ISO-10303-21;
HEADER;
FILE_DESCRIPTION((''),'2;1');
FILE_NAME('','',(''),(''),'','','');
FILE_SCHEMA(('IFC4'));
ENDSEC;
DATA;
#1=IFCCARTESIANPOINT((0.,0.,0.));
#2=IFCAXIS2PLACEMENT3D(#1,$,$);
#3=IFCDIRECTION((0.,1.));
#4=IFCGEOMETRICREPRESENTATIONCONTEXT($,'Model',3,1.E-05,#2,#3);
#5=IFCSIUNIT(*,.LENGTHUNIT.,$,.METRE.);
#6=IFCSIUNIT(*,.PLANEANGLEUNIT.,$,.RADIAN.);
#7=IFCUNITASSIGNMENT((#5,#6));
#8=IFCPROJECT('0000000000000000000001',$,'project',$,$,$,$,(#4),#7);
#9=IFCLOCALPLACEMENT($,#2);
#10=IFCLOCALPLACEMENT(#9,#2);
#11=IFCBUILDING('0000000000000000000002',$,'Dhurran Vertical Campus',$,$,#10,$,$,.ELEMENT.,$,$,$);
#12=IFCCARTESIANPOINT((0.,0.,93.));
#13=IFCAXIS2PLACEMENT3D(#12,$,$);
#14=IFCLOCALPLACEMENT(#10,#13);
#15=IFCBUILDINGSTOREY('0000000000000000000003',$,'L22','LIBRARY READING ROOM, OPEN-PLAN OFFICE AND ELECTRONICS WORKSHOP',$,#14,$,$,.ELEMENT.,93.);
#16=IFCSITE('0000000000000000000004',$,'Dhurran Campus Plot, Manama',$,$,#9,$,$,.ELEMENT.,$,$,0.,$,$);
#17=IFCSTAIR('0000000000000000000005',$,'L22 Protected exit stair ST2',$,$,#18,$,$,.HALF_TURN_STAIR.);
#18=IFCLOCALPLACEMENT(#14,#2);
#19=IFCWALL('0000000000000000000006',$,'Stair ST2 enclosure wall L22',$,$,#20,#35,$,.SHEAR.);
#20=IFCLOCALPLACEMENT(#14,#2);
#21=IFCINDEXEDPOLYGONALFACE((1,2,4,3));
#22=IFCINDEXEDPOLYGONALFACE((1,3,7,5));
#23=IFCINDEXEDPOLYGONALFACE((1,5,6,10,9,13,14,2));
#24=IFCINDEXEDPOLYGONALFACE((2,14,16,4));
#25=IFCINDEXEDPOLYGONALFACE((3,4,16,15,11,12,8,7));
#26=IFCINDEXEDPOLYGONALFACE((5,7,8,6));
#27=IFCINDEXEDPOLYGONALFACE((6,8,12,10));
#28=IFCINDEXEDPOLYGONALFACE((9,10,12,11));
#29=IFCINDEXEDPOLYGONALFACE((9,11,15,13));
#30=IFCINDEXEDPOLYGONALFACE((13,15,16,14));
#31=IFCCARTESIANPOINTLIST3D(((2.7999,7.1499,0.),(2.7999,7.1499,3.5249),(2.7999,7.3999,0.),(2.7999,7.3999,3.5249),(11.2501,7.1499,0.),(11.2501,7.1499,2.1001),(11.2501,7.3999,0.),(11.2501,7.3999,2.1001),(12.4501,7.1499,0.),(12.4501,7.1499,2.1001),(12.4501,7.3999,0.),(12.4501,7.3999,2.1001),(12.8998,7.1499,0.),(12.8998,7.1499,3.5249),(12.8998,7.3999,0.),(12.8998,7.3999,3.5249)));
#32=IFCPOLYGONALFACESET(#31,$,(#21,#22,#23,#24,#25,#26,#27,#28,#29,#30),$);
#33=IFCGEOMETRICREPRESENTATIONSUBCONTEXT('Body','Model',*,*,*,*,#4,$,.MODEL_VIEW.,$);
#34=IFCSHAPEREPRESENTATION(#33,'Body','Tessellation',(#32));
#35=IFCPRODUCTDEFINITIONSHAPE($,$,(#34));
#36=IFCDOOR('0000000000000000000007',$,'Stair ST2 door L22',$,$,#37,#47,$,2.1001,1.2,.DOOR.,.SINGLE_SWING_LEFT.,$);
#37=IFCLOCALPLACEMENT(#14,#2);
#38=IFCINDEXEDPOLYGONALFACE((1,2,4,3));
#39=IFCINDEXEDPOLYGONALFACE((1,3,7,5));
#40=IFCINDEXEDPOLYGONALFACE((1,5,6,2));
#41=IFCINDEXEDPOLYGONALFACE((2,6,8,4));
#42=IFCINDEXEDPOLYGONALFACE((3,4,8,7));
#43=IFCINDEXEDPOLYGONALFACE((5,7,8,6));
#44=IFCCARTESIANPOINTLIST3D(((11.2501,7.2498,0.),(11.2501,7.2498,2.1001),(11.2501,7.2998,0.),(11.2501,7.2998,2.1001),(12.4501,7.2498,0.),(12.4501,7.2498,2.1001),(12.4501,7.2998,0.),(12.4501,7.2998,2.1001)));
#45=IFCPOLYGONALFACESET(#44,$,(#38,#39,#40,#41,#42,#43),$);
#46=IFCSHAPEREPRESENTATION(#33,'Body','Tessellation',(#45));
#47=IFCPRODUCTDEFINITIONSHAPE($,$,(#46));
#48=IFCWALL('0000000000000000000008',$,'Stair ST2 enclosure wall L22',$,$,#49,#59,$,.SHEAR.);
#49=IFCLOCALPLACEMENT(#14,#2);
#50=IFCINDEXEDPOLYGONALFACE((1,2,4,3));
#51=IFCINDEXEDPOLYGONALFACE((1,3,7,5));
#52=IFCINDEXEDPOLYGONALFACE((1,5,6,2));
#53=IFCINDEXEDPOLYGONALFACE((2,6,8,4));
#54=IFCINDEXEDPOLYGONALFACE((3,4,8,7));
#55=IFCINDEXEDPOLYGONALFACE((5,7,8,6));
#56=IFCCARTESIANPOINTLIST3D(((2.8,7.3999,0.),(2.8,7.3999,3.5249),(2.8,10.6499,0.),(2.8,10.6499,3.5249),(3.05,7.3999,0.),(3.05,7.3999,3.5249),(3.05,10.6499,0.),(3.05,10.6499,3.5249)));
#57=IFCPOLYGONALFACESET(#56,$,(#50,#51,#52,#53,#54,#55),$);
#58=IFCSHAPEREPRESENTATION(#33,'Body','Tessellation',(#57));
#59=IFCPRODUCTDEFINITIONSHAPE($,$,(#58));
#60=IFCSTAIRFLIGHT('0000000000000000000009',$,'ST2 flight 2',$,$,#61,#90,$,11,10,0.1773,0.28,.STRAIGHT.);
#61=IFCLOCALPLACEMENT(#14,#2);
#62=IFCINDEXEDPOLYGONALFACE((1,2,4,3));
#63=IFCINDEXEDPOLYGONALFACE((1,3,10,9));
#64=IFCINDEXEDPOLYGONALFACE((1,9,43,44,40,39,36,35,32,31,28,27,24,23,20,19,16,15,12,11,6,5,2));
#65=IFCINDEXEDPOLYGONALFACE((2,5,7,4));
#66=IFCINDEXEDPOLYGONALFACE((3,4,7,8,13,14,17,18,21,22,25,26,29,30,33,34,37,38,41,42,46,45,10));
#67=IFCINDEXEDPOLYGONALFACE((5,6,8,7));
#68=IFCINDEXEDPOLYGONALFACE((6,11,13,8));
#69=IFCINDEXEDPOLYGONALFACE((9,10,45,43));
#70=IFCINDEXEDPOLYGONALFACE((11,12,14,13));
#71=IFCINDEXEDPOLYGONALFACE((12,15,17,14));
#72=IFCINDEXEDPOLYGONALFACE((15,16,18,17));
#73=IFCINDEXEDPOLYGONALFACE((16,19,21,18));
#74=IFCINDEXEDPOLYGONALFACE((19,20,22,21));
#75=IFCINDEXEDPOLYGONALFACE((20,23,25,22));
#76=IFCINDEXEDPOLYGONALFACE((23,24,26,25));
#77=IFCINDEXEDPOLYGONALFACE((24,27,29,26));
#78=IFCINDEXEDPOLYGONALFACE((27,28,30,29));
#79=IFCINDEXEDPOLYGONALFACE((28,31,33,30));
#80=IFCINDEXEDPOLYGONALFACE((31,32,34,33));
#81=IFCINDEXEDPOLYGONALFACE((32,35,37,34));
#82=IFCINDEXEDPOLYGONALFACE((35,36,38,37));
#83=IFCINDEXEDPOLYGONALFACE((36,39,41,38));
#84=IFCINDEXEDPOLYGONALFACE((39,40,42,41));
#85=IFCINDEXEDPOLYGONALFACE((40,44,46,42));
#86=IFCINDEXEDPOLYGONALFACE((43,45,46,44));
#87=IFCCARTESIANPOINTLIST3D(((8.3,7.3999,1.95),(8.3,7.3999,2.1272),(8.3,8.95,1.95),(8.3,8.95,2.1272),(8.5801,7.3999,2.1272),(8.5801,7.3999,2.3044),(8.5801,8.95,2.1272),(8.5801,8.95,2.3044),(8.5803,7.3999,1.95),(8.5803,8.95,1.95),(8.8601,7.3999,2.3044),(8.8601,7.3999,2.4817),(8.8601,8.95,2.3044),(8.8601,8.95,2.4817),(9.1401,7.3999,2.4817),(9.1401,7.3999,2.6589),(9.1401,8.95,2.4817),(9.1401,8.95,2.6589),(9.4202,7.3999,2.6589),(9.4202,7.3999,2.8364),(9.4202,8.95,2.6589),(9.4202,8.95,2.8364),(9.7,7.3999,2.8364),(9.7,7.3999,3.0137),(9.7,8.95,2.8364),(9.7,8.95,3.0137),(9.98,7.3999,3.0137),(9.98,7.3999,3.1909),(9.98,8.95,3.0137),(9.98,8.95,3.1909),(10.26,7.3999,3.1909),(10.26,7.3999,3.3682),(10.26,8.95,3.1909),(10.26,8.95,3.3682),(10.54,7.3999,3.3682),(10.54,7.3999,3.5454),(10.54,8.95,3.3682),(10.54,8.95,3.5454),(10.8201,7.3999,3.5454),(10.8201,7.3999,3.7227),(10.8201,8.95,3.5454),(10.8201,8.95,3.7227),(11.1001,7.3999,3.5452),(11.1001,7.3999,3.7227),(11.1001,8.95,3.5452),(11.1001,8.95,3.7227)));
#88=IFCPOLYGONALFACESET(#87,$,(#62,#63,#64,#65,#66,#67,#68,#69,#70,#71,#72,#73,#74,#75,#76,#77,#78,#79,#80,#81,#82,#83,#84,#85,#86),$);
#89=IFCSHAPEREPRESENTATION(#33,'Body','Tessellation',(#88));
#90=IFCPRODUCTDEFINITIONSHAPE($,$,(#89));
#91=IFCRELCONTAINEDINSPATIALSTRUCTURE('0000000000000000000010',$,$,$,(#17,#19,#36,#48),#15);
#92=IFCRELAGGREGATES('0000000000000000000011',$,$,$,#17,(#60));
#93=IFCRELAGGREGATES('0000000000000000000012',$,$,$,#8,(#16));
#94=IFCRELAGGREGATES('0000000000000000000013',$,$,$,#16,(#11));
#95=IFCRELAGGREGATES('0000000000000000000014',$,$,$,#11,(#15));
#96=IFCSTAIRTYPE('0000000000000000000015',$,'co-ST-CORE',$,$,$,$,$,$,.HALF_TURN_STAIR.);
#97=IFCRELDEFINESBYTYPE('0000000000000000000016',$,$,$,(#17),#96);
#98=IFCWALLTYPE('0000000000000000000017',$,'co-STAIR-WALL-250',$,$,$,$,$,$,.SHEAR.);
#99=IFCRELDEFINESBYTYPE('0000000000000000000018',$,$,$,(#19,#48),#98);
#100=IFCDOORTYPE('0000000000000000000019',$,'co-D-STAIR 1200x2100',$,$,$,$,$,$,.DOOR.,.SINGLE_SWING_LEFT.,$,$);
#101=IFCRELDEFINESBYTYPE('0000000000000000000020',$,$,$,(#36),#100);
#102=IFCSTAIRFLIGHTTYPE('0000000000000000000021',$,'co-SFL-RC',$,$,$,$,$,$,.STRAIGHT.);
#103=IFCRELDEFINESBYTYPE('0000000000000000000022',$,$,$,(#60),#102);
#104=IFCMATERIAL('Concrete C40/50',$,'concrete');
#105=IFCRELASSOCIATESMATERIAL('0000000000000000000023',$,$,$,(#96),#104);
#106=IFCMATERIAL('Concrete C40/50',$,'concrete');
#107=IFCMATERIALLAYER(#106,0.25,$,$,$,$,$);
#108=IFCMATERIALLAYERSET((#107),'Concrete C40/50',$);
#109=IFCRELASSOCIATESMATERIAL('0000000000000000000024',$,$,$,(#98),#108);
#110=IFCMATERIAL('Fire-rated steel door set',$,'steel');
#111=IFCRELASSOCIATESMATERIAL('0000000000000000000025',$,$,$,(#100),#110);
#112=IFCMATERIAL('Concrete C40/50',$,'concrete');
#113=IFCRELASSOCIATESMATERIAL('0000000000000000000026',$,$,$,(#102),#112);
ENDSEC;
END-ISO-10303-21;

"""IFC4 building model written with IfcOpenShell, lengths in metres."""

from ifc_helpers import new_model, si_unit, direction, frame, frame_2d, origin, place, context, subcontext, project, spatial, polyline, rectangle, outline, extrude, material, layer, layer_set, type_object, element, fill, aggregate, save


model = new_model("IFC4")

# Units and contexts
model_context = context("Model", 3, precision=1e-05, world=origin(), true_north=direction((0.0, 1.0)))
body_context = subcontext(model_context, "Body", "Model", "MODEL_VIEW")
ifc_project = project(units=[si_unit("LENGTHUNIT", "METRE"), si_unit("PLANEANGLEUNIT", "RADIAN")], contexts=[model_context])

# Site, building, storey
site_placement = place(None, origin())
site = spatial("IfcSite", under=ifc_project, at=site_placement, Name="Dhurran Campus Plot, Manama", CompositionType="ELEMENT", RefElevation=0.0)
building_placement = place(site_placement, origin())
building = spatial("IfcBuilding", under=site, at=building_placement, Name="Dhurran Vertical Campus", CompositionType="ELEMENT")
storey_placement = place(building_placement, frame((0.0, 0.0, 93.0)))
storey = spatial("IfcBuildingStorey", under=building, at=storey_placement, Name="L22", Description="LIBRARY READING ROOM, OPEN-PLAN OFFICE AND ELECTRONICS WORKSHOP", CompositionType="ELEMENT", Elevation=93.0)

# Stair
ifc_material_1 = material(Name="Concrete C40/50", Category="concrete")
stair_type = type_object("IfcStairType", Name="co-ST-CORE", PredefinedType="HALF_TURN_STAIR", material=ifc_material_1)
stair_1_placement = place(storey_placement, origin())
stair_1 = element("IfcStair", 1, at=stair_1_placement, inside=storey, type_object=stair_type, Name="L22 Protected exit stair ST2", PredefinedType="HALF_TURN_STAIR")

# Wall, opening, door
ifc_material_2 = material(Name="Concrete C40/50", Category="concrete")
ifc_layer_1 = layer(ifc_material_2, 0.25)
ifc_layer_set_1 = layer_set([ifc_layer_1], Name="Concrete C40/50")
wall_type_1 = type_object("IfcWallType", Name="co-STAIR-WALL-250", PredefinedType="SHEAR", material=ifc_layer_set_1)
wall_1_placement = place(storey_placement, frame((2.8, 7.2749, 0.0), z_axis=(0.0, 0.0, 1.0), x_axis=(1.0, 0.0, 0.0)))
wall_1 = element("IfcWall", 2, at=wall_1_placement, inside=storey, type_object=wall_type_1, Name="Stair ST2 enclosure wall L22", PredefinedType="SHEAR", context=body_context, shape_type="SweptSolid", body=[
    extrude(rectangle(XDim=10.0999, YDim=0.25, at=frame_2d((5.0498, 0.0))), origin(), (0.0, 0.0, 1.0), 3.5249),
])
opening_1_placement = place(wall_1_placement, frame((8.45, 0.0, 0.0)))
opening_1 = element("IfcOpeningElement", 3, at=opening_1_placement, cuts=wall_1, PredefinedType="OPENING", context=body_context, shape_type="SweptSolid", body=[
    extrude(rectangle(XDim=1.2, YDim=2.1001, at=frame_2d((0.6001, 1.05))), frame((0.0, 0.135, 0.0), z_axis=(0.0, -1.0, 0.0), x_axis=(1.0, 0.0, 0.0)), (0.0, 0.0, 1.0), 0.27),
])
ifc_material_3 = material(Name="Fire-rated steel door set", Category="steel")
door_type_1 = type_object("IfcDoorType", Name="co-D-STAIR 1200x2100", OperationType="SINGLE_SWING_LEFT", PredefinedType="DOOR", material=ifc_material_3)
door_1_placement = place(opening_1_placement, origin())
door_1 = element("IfcDoor", 4, at=door_1_placement, inside=storey, type_object=door_type_1, Name="Stair ST2 door L22", OperationType="SINGLE_SWING_LEFT", OverallHeight=2.1001, OverallWidth=1.2, PredefinedType="DOOR", context=body_context, shape_type="SweptSolid", body=[
    extrude(rectangle(XDim=1.2, YDim=2.1001, at=frame_2d((0.6001, 1.05))), frame((0.0, 0.0249, 0.0), z_axis=(0.0, -1.0, 0.0), x_axis=(1.0, 0.0, 0.0)), (0.0, 0.0, 1.0), 0.05),
])
fill(opening_1, door_1)

# Wall
wall_2_placement = place(storey_placement, frame((2.925, 7.3999, 0.0), z_axis=(0.0, 0.0, 1.0), x_axis=(0.0, 1.0, 0.0)))
element("IfcWall", 5, at=wall_2_placement, inside=storey, type_object=wall_type_1, Name="Stair ST2 enclosure wall L22", PredefinedType="SHEAR", context=body_context, shape_type="SweptSolid", body=[
    extrude(rectangle(XDim=3.25, YDim=0.25, at=frame_2d((1.625, 0.0))), origin(), (0.0, 0.0, 1.0), 3.5249),
])

# Stair flight
ifc_material_4 = material(Name="Concrete C40/50", Category="concrete")
stair_flight_type = type_object("IfcStairFlightType", Name="co-SFL-RC", PredefinedType="STRAIGHT", material=ifc_material_4)
stair_flight_placement = place(storey_placement, frame((8.3, 8.175, 1.95), z_axis=(0.0, 0.0, 1.0), x_axis=(1.0, 0.0, 0.0)))
stair_flight = element("IfcStairFlight", 6, at=stair_flight_placement, type_object=stair_flight_type, Name="ST2 flight 2", NumberOfRisers=11, NumberOfTreads=10, PredefinedType="STRAIGHT", RiserHeight=0.1773, TreadLength=0.28, context=body_context, shape_type="SweptSolid", body=[
    extrude(outline(polyline([(0.0, 0.0), (0.0, 0.1772), (0.28, 0.1772), (0.28, 0.3545), (0.5601, 0.3545), (0.5601, 0.5317), (0.8401, 0.5317), (0.8401, 0.709), (1.1201, 0.709), (1.1201, 0.8865), (1.3999, 0.8865), (1.3999, 1.0637), (1.6799, 1.0637), (1.6799, 1.241), (1.96, 1.241), (1.96, 1.4182), (2.24, 1.4182), (2.24, 1.5955), (2.52, 1.5955), (2.52, 1.7727), (2.8, 1.7727), (2.8, 1.95), (2.8, 1.5952), (0.2803, 0.0), (0.0, 0.0)])), frame((0.0, 0.7749, 0.0), z_axis=(0.0, -1.0, 0.0), x_axis=(1.0, 0.0, 0.0)), (0.0, 0.0, 1.0), 1.55),
])
aggregate(stair_1, [stair_flight])

save(model, "model.ifc")
